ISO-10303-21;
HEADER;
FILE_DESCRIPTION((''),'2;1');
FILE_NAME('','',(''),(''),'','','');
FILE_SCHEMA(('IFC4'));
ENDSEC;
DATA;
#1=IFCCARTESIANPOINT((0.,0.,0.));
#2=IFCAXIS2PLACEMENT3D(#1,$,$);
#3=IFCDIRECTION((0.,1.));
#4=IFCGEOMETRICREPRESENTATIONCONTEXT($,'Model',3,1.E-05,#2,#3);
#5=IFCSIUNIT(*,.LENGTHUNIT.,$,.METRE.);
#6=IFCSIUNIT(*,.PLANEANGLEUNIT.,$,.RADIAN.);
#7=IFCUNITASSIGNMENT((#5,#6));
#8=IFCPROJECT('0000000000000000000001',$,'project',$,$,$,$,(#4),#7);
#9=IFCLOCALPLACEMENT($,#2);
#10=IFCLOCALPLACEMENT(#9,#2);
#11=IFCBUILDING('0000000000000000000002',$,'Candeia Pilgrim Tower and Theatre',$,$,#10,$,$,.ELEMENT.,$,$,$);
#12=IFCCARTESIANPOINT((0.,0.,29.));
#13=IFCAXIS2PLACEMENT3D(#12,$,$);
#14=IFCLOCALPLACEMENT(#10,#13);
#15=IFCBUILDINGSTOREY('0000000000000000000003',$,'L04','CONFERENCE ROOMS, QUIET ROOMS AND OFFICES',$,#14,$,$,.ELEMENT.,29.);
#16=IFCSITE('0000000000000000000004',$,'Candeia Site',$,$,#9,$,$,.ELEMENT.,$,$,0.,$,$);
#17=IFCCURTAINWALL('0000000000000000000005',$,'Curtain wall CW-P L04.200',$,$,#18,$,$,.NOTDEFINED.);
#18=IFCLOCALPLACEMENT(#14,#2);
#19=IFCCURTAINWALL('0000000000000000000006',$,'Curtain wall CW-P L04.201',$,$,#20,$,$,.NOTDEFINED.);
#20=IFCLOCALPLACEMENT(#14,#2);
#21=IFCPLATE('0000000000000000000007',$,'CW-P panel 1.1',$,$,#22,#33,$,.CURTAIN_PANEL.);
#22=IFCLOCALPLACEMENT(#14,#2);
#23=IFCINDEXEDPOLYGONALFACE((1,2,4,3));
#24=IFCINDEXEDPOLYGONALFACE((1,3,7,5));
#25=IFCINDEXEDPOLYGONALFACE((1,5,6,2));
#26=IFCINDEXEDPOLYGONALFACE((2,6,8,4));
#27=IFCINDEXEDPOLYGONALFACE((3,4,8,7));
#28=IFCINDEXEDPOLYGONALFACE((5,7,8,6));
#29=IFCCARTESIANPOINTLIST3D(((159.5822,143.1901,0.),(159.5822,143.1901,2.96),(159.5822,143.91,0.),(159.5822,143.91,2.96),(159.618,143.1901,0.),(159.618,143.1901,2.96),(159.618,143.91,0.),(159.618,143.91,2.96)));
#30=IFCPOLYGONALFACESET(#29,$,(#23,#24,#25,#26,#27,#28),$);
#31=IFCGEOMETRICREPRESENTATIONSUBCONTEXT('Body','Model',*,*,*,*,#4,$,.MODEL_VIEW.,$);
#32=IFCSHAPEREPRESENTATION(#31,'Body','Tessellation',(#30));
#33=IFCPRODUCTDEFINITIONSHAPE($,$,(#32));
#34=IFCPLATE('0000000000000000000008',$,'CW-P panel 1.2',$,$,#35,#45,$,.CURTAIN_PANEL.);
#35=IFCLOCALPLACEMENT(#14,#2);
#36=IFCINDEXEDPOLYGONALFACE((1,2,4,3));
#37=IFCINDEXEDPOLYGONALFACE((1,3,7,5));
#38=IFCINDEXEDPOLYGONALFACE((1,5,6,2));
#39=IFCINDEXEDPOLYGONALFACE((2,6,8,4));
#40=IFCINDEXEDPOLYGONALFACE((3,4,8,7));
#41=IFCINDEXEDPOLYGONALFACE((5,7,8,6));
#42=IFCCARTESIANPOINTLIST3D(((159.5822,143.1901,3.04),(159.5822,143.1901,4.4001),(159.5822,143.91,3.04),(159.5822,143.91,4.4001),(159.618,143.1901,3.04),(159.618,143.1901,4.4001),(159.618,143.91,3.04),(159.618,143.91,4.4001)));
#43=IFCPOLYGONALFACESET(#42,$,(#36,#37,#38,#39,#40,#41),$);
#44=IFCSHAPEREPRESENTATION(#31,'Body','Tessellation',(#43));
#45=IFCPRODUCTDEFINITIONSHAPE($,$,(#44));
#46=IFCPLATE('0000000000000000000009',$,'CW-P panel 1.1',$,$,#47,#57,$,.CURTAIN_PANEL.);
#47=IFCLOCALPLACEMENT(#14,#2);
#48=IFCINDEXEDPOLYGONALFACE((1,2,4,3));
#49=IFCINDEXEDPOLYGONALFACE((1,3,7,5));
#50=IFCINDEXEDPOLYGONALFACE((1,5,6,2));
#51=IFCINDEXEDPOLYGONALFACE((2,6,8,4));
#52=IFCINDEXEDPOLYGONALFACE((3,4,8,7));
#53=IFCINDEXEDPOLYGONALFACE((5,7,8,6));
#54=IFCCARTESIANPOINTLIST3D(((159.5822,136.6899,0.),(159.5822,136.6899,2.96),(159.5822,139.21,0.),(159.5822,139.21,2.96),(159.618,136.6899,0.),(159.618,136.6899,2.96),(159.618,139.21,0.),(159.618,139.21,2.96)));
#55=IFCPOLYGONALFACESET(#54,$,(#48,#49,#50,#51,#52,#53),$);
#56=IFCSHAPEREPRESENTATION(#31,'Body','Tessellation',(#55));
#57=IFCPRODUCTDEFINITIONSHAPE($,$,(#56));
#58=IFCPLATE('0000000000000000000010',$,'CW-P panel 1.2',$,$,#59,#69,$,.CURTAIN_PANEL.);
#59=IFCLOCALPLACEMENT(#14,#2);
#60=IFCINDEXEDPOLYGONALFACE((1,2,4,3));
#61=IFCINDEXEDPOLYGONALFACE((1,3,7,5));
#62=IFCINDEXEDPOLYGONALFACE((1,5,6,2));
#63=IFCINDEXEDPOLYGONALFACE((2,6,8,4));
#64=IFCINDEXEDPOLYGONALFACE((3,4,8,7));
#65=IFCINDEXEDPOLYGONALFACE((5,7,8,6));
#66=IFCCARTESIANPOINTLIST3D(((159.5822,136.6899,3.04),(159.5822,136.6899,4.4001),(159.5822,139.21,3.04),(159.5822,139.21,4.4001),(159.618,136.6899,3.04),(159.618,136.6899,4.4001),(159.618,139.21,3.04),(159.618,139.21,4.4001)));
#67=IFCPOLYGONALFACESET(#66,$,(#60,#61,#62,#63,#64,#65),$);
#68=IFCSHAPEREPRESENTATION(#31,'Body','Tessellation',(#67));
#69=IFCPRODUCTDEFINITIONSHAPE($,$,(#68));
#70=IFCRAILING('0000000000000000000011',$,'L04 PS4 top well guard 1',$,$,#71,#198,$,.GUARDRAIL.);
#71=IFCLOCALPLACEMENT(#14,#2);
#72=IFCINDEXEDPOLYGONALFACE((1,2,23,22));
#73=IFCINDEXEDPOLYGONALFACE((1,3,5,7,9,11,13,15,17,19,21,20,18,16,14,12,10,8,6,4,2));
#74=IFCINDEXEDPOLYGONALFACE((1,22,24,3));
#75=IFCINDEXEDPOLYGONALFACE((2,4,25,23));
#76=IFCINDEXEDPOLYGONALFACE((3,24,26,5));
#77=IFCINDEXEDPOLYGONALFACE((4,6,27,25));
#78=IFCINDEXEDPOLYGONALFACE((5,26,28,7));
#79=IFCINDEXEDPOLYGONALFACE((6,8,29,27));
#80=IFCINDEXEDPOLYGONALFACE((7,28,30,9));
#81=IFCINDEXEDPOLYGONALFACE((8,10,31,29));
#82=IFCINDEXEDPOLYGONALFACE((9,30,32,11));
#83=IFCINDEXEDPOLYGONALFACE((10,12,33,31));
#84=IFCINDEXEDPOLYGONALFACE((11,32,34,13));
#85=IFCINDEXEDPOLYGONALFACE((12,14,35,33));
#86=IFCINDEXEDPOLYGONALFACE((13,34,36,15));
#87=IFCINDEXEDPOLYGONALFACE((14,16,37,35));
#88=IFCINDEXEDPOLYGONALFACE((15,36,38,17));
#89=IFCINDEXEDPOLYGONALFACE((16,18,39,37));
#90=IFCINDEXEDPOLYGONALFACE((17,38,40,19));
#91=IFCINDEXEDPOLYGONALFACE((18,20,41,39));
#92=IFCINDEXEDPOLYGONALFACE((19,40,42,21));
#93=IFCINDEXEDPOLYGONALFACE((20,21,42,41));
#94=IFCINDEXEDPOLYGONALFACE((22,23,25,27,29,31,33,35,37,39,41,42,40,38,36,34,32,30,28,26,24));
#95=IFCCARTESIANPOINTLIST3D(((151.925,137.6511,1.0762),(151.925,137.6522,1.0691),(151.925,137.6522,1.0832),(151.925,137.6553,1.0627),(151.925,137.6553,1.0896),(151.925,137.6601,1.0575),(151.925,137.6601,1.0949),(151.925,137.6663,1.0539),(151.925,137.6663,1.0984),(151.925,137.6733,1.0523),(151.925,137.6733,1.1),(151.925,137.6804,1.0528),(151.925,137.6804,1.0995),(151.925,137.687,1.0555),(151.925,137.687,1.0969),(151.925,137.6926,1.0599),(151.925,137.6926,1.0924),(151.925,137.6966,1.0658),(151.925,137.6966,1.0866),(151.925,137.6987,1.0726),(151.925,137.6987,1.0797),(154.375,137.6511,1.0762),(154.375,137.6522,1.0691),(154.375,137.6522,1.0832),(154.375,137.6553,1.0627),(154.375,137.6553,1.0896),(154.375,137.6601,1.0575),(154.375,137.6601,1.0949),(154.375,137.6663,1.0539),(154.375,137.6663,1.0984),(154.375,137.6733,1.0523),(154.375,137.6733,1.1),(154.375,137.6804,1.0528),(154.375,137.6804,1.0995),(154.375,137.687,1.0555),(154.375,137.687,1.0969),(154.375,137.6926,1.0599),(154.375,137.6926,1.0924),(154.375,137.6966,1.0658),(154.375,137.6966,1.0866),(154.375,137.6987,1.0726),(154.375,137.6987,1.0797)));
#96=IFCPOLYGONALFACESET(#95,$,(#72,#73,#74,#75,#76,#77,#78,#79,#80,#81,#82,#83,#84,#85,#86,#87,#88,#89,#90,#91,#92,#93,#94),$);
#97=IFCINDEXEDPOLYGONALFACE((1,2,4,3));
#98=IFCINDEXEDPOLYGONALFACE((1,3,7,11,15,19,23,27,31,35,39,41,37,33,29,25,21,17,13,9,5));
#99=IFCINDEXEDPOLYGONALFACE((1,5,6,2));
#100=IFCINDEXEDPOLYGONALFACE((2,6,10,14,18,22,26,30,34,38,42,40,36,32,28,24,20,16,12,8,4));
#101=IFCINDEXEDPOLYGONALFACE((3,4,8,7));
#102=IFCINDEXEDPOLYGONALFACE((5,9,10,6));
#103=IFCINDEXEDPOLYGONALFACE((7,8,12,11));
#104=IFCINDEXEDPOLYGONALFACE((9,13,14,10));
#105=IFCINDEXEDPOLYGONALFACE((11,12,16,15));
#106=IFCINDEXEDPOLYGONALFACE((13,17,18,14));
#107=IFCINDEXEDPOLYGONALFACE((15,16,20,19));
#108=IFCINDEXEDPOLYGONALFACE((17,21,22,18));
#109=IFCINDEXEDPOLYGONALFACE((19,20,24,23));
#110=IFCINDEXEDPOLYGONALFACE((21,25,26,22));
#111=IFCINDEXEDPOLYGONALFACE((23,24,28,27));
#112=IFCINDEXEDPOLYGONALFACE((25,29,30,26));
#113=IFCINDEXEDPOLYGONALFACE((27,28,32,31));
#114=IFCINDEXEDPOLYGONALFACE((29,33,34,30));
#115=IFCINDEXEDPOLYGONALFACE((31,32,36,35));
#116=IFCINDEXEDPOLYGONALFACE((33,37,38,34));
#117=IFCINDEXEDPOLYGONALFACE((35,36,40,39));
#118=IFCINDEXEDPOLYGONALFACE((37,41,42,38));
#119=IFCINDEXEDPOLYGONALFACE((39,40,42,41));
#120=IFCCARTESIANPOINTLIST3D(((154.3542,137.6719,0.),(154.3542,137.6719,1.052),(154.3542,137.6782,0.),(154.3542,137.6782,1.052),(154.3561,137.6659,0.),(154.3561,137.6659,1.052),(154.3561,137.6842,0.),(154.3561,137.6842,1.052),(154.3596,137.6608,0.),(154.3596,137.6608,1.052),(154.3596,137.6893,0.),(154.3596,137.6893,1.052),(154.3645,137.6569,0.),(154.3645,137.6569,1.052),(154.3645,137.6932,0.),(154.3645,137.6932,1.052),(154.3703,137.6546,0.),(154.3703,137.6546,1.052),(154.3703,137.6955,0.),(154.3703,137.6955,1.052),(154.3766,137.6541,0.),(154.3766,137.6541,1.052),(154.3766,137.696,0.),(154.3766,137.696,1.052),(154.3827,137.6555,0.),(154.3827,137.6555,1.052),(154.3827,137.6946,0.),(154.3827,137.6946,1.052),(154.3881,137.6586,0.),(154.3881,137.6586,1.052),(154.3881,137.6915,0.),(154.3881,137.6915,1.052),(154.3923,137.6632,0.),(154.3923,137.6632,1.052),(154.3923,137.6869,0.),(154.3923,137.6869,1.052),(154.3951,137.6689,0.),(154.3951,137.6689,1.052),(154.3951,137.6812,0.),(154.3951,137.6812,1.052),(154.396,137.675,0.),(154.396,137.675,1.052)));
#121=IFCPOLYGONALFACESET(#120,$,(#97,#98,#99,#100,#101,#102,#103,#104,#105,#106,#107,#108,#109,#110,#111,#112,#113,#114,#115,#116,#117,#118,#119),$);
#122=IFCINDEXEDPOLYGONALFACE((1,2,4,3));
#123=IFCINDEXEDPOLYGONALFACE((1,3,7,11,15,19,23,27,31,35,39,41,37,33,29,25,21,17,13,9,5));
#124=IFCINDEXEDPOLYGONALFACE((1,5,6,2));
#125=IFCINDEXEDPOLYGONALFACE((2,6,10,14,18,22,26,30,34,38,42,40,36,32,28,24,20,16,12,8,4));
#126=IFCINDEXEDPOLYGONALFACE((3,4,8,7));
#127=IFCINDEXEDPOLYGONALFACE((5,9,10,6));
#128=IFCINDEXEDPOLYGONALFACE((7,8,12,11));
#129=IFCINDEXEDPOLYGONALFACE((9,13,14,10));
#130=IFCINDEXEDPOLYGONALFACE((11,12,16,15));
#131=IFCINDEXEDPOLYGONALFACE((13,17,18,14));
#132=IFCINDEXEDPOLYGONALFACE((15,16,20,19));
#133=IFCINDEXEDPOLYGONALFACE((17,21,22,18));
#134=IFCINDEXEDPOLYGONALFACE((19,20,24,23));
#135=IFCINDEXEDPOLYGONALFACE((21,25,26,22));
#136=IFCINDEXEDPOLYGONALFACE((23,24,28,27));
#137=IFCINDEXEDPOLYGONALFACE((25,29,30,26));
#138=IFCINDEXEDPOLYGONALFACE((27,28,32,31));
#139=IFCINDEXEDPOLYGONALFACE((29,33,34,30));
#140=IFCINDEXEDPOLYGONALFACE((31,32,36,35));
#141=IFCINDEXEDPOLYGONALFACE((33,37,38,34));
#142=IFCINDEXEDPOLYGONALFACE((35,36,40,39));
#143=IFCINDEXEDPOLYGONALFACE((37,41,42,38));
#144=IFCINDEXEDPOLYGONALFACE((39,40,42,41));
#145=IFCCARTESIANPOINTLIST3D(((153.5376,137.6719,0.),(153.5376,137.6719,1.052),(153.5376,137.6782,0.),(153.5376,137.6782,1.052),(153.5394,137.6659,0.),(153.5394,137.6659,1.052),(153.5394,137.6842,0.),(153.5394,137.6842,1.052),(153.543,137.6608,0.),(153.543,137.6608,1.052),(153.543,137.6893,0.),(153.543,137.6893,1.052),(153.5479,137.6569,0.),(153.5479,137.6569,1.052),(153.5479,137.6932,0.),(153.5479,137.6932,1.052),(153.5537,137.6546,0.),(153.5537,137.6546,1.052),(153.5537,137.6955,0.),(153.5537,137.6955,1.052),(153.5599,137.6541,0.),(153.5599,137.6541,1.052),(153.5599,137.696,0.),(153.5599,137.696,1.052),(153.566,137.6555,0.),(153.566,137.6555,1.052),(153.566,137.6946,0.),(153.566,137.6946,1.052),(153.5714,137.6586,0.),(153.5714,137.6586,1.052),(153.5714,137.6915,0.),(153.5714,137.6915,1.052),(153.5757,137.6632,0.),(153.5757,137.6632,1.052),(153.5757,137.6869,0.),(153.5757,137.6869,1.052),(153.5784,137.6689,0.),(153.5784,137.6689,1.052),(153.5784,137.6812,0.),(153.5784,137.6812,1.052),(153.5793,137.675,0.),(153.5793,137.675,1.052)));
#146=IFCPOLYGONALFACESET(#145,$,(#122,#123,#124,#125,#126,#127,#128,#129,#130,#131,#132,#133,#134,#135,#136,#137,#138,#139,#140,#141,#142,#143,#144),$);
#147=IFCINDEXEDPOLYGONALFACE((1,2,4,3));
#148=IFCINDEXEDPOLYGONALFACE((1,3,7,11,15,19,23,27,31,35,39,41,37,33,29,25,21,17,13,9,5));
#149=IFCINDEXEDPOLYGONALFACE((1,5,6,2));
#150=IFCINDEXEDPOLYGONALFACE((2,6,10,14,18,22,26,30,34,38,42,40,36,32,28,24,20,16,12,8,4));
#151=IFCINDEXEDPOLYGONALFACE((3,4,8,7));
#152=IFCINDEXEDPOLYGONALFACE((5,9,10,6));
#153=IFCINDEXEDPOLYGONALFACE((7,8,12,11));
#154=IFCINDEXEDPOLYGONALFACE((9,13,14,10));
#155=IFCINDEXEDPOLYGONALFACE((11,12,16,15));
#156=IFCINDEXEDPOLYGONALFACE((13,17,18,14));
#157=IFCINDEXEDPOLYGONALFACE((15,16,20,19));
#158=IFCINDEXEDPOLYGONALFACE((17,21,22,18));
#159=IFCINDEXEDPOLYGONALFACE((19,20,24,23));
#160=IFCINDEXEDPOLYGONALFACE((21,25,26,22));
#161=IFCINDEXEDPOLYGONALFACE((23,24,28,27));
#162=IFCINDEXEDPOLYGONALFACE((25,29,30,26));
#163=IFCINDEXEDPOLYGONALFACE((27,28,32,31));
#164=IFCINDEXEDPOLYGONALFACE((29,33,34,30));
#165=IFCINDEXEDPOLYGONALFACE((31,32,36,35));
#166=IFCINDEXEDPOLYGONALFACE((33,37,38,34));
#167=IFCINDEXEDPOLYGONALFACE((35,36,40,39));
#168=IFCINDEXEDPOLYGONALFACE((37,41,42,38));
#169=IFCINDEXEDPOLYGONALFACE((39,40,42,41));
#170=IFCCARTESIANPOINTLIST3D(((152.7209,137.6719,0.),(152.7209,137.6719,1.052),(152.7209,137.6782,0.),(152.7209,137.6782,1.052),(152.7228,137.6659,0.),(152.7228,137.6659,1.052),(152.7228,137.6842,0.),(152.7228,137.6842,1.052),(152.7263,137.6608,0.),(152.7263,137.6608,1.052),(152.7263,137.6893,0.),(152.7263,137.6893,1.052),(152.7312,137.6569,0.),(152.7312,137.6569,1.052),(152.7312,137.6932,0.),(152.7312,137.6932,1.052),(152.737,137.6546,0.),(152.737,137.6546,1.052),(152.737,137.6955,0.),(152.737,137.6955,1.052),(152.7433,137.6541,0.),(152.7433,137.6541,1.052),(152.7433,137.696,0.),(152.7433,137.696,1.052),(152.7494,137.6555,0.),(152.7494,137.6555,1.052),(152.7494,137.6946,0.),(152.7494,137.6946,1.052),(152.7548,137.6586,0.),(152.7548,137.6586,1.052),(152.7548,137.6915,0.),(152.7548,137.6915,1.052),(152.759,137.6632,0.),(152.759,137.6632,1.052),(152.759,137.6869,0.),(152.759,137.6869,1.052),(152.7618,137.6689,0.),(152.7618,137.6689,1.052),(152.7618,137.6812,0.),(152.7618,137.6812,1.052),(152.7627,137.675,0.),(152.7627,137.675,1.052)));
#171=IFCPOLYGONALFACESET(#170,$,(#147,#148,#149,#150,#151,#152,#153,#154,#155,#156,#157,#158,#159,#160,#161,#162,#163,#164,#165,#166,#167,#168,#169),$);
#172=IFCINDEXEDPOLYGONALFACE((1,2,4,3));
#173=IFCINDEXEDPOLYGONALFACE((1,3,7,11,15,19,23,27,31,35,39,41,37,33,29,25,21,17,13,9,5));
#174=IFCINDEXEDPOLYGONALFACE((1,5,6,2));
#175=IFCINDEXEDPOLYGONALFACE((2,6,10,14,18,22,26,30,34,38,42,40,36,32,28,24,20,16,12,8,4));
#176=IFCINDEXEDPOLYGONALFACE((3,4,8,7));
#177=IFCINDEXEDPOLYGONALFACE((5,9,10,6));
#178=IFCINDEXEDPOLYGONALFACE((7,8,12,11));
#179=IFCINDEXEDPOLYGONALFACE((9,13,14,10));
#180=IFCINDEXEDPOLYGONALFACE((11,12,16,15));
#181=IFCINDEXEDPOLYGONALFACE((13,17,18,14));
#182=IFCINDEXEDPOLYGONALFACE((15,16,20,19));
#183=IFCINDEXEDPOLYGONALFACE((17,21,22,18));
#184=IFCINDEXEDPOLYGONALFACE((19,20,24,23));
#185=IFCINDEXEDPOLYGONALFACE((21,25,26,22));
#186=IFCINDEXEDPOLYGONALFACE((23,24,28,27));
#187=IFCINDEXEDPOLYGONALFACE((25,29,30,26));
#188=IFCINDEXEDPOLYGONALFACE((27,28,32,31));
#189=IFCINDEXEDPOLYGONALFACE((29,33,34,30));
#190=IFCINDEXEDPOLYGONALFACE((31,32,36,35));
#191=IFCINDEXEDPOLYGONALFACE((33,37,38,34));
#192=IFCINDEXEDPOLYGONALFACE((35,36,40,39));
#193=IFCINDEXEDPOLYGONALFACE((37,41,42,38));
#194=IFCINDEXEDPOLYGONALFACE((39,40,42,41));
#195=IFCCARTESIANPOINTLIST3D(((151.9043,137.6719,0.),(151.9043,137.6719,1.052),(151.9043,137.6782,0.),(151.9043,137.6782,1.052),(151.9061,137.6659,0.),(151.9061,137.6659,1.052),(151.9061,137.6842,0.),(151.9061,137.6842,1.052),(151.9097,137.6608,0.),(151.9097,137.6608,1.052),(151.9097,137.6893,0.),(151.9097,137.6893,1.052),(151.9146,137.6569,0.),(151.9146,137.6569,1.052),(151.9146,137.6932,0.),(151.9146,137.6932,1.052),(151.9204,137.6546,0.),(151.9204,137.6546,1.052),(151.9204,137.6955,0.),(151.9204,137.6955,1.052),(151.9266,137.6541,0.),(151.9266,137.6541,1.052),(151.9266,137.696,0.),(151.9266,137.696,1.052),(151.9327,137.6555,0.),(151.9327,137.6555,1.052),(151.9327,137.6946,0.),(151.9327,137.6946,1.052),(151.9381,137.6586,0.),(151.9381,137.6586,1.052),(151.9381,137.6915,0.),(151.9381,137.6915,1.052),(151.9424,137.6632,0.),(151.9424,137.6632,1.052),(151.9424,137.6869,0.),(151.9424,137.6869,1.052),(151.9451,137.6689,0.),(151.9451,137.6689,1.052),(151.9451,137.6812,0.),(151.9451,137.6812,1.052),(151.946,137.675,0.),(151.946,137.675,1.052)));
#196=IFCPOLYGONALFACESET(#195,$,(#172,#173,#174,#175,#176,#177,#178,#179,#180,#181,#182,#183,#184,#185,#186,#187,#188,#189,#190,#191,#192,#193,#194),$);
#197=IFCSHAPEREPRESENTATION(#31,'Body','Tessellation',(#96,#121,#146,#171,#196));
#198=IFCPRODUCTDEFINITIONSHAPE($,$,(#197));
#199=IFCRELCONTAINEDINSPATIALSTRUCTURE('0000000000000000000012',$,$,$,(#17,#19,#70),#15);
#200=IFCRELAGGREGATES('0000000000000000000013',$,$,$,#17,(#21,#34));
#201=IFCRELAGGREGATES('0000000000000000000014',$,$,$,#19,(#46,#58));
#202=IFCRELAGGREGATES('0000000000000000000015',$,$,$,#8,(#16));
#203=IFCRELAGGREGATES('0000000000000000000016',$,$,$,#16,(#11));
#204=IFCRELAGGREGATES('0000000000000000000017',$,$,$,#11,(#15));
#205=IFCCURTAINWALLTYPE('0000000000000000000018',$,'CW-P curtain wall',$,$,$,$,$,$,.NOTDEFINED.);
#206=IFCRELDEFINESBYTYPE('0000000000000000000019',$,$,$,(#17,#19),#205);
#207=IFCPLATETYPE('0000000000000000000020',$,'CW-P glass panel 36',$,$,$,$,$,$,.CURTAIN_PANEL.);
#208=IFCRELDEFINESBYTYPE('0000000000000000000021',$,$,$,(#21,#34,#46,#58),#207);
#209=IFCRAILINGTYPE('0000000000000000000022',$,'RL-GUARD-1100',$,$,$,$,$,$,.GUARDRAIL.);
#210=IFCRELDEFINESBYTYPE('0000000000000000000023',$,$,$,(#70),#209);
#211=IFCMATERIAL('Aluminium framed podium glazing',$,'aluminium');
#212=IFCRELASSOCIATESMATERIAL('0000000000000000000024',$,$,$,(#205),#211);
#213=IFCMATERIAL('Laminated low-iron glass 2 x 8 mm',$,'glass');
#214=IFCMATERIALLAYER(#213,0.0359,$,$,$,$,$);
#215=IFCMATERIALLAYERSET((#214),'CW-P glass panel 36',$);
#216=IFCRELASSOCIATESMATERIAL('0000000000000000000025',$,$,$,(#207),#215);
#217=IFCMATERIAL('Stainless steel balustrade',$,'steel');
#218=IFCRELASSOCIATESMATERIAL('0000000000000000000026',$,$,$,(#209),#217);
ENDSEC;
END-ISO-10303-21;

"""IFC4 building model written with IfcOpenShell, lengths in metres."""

from ifc_helpers import new_model, si_unit, direction, frame, origin, origin_2d, place, context, subcontext, project, spatial, rectangle, circle, extrude, material, layer, layer_set, type_object, element, aggregate, save


model = new_model("IFC4")

# Units and contexts
model_context = context("Model", 3, precision=1e-05, world=origin(), true_north=direction((0.0, 1.0)))
body_context = subcontext(model_context, "Body", "Model", "MODEL_VIEW")
ifc_project = project(units=[si_unit("LENGTHUNIT", "METRE"), si_unit("PLANEANGLEUNIT", "RADIAN")], contexts=[model_context])

# Site, building, storey
site_placement = place(None, origin())
site = spatial("IfcSite", under=ifc_project, at=site_placement, Name="Candeia Site", CompositionType="ELEMENT", RefElevation=0.0)
building_placement = place(site_placement, origin())
building = spatial("IfcBuilding", under=site, at=building_placement, Name="Candeia Pilgrim Tower and Theatre", CompositionType="ELEMENT")
storey_placement = place(building_placement, frame((0.0, 0.0, 29.0)))
storey = spatial("IfcBuildingStorey", under=building, at=storey_placement, Name="L04", Description="CONFERENCE ROOMS, QUIET ROOMS AND OFFICES", CompositionType="ELEMENT", Elevation=29.0)

# Curtain wall
ifc_material_1 = material(Name="Aluminium framed podium glazing", Category="aluminium")
curtain_wall_type = type_object("IfcCurtainWallType", Name="CW-P curtain wall", PredefinedType="NOTDEFINED", material=ifc_material_1)
curtain_wall_1_placement = place(storey_placement, origin())
curtain_wall_1 = element("IfcCurtainWall", 1, at=curtain_wall_1_placement, inside=storey, type_object=curtain_wall_type, Name="Curtain wall CW-P L04.200", PredefinedType="NOTDEFINED")

# Curtain wall
curtain_wall_2_placement = place(storey_placement, origin())
curtain_wall_2 = element("IfcCurtainWall", 2, at=curtain_wall_2_placement, inside=storey, type_object=curtain_wall_type, Name="Curtain wall CW-P L04.201", PredefinedType="NOTDEFINED")

# Plates
ifc_material_2 = material(Name="Laminated low-iron glass 2 x 8 mm", Category="glass")
ifc_layer_1 = layer(ifc_material_2, 0.0359)
ifc_layer_set_1 = layer_set([ifc_layer_1], Name="CW-P glass panel 36")
plate_type = type_object("IfcPlateType", Name="CW-P glass panel 36", PredefinedType="CURTAIN_PANEL", material=ifc_layer_set_1)
plate_1_placement = place(storey_placement, frame((159.6001, 143.55, 0.0), z_axis=(0.0, 0.0, 1.0), x_axis=(0.0, -1.0, 0.0)))
plate_1 = element("IfcPlate", 3, at=plate_1_placement, type_object=plate_type, Name="CW-P panel 1.1", PredefinedType="CURTAIN_PANEL", context=body_context, shape_type="SweptSolid", body=[
    extrude(rectangle(XDim=0.72, YDim=0.0359, at=origin_2d()), origin(), (0.0, 0.0, 1.0), 2.96),
])
plate_2_placement = place(storey_placement, frame((159.6001, 143.55, 3.04), z_axis=(0.0, 0.0, 1.0), x_axis=(0.0, -1.0, 0.0)))
plate_2 = element("IfcPlate", 4, at=plate_2_placement, type_object=plate_type, Name="CW-P panel 1.2", PredefinedType="CURTAIN_PANEL", context=body_context, shape_type="SweptSolid", body=[
    extrude(rectangle(XDim=0.72, YDim=0.0359, at=origin_2d()), origin(), (0.0, 0.0, 1.0), 1.3601),
])
aggregate(curtain_wall_1, [plate_1, plate_2])
plate_3_placement = place(storey_placement, frame((159.6001, 137.95, 0.0), z_axis=(0.0, 0.0, 1.0), x_axis=(0.0, -1.0, 0.0)))
plate_3 = element("IfcPlate", 5, at=plate_3_placement, type_object=plate_type, Name="CW-P panel 1.1", PredefinedType="CURTAIN_PANEL", context=body_context, shape_type="SweptSolid", body=[
    extrude(rectangle(XDim=2.52, YDim=0.0359, at=origin_2d()), origin(), (0.0, 0.0, 1.0), 2.96),
])
plate_4_placement = place(storey_placement, frame((159.6001, 137.95, 3.04), z_axis=(0.0, 0.0, 1.0), x_axis=(0.0, -1.0, 0.0)))
plate_4 = element("IfcPlate", 6, at=plate_4_placement, type_object=plate_type, Name="CW-P panel 1.2", PredefinedType="CURTAIN_PANEL", context=body_context, shape_type="SweptSolid", body=[
    extrude(rectangle(XDim=2.52, YDim=0.0359, at=origin_2d()), origin(), (0.0, 0.0, 1.0), 1.3601),
])
aggregate(curtain_wall_2, [plate_3, plate_4])

# Railing
ifc_material_3 = material(Name="Stainless steel balustrade", Category="steel")
railing_type = type_object("IfcRailingType", Name="RL-GUARD-1100", PredefinedType="GUARDRAIL", material=ifc_material_3)
railing_placement = place(storey_placement, frame((154.375, 137.675, 0.0)))
element("IfcRailing", 7, at=railing_placement, inside=storey, type_object=railing_type, Name="L04 PS4 top well guard 1", PredefinedType="GUARDRAIL", context=body_context, shape_type="SweptSolid", body=[
    extrude(circle(Radius=0.0239, at=origin_2d()), frame((0.0, 0.0, 1.0762), z_axis=(-1.0, 0.0, 0.0), x_axis=(0.0, -1.0, 0.0)), (0.0, 0.0, 1.0), 2.45),
    extrude(circle(Radius=0.021, at=origin_2d()), origin(), (0.0, 0.0, 1.0), 1.052),
    extrude(circle(Radius=0.021, at=origin_2d()), frame((-0.8167, 0.0, 0.0)), (0.0, 0.0, 1.0), 1.052),
    extrude(circle(Radius=0.021, at=origin_2d()), frame((-1.6333, 0.0, 0.0)), (0.0, 0.0, 1.0), 1.052),
    extrude(circle(Radius=0.021, at=origin_2d()), frame((-2.45, 0.0, 0.0)), (0.0, 0.0, 1.0), 1.052),
])

save(model, "model.ifc")
